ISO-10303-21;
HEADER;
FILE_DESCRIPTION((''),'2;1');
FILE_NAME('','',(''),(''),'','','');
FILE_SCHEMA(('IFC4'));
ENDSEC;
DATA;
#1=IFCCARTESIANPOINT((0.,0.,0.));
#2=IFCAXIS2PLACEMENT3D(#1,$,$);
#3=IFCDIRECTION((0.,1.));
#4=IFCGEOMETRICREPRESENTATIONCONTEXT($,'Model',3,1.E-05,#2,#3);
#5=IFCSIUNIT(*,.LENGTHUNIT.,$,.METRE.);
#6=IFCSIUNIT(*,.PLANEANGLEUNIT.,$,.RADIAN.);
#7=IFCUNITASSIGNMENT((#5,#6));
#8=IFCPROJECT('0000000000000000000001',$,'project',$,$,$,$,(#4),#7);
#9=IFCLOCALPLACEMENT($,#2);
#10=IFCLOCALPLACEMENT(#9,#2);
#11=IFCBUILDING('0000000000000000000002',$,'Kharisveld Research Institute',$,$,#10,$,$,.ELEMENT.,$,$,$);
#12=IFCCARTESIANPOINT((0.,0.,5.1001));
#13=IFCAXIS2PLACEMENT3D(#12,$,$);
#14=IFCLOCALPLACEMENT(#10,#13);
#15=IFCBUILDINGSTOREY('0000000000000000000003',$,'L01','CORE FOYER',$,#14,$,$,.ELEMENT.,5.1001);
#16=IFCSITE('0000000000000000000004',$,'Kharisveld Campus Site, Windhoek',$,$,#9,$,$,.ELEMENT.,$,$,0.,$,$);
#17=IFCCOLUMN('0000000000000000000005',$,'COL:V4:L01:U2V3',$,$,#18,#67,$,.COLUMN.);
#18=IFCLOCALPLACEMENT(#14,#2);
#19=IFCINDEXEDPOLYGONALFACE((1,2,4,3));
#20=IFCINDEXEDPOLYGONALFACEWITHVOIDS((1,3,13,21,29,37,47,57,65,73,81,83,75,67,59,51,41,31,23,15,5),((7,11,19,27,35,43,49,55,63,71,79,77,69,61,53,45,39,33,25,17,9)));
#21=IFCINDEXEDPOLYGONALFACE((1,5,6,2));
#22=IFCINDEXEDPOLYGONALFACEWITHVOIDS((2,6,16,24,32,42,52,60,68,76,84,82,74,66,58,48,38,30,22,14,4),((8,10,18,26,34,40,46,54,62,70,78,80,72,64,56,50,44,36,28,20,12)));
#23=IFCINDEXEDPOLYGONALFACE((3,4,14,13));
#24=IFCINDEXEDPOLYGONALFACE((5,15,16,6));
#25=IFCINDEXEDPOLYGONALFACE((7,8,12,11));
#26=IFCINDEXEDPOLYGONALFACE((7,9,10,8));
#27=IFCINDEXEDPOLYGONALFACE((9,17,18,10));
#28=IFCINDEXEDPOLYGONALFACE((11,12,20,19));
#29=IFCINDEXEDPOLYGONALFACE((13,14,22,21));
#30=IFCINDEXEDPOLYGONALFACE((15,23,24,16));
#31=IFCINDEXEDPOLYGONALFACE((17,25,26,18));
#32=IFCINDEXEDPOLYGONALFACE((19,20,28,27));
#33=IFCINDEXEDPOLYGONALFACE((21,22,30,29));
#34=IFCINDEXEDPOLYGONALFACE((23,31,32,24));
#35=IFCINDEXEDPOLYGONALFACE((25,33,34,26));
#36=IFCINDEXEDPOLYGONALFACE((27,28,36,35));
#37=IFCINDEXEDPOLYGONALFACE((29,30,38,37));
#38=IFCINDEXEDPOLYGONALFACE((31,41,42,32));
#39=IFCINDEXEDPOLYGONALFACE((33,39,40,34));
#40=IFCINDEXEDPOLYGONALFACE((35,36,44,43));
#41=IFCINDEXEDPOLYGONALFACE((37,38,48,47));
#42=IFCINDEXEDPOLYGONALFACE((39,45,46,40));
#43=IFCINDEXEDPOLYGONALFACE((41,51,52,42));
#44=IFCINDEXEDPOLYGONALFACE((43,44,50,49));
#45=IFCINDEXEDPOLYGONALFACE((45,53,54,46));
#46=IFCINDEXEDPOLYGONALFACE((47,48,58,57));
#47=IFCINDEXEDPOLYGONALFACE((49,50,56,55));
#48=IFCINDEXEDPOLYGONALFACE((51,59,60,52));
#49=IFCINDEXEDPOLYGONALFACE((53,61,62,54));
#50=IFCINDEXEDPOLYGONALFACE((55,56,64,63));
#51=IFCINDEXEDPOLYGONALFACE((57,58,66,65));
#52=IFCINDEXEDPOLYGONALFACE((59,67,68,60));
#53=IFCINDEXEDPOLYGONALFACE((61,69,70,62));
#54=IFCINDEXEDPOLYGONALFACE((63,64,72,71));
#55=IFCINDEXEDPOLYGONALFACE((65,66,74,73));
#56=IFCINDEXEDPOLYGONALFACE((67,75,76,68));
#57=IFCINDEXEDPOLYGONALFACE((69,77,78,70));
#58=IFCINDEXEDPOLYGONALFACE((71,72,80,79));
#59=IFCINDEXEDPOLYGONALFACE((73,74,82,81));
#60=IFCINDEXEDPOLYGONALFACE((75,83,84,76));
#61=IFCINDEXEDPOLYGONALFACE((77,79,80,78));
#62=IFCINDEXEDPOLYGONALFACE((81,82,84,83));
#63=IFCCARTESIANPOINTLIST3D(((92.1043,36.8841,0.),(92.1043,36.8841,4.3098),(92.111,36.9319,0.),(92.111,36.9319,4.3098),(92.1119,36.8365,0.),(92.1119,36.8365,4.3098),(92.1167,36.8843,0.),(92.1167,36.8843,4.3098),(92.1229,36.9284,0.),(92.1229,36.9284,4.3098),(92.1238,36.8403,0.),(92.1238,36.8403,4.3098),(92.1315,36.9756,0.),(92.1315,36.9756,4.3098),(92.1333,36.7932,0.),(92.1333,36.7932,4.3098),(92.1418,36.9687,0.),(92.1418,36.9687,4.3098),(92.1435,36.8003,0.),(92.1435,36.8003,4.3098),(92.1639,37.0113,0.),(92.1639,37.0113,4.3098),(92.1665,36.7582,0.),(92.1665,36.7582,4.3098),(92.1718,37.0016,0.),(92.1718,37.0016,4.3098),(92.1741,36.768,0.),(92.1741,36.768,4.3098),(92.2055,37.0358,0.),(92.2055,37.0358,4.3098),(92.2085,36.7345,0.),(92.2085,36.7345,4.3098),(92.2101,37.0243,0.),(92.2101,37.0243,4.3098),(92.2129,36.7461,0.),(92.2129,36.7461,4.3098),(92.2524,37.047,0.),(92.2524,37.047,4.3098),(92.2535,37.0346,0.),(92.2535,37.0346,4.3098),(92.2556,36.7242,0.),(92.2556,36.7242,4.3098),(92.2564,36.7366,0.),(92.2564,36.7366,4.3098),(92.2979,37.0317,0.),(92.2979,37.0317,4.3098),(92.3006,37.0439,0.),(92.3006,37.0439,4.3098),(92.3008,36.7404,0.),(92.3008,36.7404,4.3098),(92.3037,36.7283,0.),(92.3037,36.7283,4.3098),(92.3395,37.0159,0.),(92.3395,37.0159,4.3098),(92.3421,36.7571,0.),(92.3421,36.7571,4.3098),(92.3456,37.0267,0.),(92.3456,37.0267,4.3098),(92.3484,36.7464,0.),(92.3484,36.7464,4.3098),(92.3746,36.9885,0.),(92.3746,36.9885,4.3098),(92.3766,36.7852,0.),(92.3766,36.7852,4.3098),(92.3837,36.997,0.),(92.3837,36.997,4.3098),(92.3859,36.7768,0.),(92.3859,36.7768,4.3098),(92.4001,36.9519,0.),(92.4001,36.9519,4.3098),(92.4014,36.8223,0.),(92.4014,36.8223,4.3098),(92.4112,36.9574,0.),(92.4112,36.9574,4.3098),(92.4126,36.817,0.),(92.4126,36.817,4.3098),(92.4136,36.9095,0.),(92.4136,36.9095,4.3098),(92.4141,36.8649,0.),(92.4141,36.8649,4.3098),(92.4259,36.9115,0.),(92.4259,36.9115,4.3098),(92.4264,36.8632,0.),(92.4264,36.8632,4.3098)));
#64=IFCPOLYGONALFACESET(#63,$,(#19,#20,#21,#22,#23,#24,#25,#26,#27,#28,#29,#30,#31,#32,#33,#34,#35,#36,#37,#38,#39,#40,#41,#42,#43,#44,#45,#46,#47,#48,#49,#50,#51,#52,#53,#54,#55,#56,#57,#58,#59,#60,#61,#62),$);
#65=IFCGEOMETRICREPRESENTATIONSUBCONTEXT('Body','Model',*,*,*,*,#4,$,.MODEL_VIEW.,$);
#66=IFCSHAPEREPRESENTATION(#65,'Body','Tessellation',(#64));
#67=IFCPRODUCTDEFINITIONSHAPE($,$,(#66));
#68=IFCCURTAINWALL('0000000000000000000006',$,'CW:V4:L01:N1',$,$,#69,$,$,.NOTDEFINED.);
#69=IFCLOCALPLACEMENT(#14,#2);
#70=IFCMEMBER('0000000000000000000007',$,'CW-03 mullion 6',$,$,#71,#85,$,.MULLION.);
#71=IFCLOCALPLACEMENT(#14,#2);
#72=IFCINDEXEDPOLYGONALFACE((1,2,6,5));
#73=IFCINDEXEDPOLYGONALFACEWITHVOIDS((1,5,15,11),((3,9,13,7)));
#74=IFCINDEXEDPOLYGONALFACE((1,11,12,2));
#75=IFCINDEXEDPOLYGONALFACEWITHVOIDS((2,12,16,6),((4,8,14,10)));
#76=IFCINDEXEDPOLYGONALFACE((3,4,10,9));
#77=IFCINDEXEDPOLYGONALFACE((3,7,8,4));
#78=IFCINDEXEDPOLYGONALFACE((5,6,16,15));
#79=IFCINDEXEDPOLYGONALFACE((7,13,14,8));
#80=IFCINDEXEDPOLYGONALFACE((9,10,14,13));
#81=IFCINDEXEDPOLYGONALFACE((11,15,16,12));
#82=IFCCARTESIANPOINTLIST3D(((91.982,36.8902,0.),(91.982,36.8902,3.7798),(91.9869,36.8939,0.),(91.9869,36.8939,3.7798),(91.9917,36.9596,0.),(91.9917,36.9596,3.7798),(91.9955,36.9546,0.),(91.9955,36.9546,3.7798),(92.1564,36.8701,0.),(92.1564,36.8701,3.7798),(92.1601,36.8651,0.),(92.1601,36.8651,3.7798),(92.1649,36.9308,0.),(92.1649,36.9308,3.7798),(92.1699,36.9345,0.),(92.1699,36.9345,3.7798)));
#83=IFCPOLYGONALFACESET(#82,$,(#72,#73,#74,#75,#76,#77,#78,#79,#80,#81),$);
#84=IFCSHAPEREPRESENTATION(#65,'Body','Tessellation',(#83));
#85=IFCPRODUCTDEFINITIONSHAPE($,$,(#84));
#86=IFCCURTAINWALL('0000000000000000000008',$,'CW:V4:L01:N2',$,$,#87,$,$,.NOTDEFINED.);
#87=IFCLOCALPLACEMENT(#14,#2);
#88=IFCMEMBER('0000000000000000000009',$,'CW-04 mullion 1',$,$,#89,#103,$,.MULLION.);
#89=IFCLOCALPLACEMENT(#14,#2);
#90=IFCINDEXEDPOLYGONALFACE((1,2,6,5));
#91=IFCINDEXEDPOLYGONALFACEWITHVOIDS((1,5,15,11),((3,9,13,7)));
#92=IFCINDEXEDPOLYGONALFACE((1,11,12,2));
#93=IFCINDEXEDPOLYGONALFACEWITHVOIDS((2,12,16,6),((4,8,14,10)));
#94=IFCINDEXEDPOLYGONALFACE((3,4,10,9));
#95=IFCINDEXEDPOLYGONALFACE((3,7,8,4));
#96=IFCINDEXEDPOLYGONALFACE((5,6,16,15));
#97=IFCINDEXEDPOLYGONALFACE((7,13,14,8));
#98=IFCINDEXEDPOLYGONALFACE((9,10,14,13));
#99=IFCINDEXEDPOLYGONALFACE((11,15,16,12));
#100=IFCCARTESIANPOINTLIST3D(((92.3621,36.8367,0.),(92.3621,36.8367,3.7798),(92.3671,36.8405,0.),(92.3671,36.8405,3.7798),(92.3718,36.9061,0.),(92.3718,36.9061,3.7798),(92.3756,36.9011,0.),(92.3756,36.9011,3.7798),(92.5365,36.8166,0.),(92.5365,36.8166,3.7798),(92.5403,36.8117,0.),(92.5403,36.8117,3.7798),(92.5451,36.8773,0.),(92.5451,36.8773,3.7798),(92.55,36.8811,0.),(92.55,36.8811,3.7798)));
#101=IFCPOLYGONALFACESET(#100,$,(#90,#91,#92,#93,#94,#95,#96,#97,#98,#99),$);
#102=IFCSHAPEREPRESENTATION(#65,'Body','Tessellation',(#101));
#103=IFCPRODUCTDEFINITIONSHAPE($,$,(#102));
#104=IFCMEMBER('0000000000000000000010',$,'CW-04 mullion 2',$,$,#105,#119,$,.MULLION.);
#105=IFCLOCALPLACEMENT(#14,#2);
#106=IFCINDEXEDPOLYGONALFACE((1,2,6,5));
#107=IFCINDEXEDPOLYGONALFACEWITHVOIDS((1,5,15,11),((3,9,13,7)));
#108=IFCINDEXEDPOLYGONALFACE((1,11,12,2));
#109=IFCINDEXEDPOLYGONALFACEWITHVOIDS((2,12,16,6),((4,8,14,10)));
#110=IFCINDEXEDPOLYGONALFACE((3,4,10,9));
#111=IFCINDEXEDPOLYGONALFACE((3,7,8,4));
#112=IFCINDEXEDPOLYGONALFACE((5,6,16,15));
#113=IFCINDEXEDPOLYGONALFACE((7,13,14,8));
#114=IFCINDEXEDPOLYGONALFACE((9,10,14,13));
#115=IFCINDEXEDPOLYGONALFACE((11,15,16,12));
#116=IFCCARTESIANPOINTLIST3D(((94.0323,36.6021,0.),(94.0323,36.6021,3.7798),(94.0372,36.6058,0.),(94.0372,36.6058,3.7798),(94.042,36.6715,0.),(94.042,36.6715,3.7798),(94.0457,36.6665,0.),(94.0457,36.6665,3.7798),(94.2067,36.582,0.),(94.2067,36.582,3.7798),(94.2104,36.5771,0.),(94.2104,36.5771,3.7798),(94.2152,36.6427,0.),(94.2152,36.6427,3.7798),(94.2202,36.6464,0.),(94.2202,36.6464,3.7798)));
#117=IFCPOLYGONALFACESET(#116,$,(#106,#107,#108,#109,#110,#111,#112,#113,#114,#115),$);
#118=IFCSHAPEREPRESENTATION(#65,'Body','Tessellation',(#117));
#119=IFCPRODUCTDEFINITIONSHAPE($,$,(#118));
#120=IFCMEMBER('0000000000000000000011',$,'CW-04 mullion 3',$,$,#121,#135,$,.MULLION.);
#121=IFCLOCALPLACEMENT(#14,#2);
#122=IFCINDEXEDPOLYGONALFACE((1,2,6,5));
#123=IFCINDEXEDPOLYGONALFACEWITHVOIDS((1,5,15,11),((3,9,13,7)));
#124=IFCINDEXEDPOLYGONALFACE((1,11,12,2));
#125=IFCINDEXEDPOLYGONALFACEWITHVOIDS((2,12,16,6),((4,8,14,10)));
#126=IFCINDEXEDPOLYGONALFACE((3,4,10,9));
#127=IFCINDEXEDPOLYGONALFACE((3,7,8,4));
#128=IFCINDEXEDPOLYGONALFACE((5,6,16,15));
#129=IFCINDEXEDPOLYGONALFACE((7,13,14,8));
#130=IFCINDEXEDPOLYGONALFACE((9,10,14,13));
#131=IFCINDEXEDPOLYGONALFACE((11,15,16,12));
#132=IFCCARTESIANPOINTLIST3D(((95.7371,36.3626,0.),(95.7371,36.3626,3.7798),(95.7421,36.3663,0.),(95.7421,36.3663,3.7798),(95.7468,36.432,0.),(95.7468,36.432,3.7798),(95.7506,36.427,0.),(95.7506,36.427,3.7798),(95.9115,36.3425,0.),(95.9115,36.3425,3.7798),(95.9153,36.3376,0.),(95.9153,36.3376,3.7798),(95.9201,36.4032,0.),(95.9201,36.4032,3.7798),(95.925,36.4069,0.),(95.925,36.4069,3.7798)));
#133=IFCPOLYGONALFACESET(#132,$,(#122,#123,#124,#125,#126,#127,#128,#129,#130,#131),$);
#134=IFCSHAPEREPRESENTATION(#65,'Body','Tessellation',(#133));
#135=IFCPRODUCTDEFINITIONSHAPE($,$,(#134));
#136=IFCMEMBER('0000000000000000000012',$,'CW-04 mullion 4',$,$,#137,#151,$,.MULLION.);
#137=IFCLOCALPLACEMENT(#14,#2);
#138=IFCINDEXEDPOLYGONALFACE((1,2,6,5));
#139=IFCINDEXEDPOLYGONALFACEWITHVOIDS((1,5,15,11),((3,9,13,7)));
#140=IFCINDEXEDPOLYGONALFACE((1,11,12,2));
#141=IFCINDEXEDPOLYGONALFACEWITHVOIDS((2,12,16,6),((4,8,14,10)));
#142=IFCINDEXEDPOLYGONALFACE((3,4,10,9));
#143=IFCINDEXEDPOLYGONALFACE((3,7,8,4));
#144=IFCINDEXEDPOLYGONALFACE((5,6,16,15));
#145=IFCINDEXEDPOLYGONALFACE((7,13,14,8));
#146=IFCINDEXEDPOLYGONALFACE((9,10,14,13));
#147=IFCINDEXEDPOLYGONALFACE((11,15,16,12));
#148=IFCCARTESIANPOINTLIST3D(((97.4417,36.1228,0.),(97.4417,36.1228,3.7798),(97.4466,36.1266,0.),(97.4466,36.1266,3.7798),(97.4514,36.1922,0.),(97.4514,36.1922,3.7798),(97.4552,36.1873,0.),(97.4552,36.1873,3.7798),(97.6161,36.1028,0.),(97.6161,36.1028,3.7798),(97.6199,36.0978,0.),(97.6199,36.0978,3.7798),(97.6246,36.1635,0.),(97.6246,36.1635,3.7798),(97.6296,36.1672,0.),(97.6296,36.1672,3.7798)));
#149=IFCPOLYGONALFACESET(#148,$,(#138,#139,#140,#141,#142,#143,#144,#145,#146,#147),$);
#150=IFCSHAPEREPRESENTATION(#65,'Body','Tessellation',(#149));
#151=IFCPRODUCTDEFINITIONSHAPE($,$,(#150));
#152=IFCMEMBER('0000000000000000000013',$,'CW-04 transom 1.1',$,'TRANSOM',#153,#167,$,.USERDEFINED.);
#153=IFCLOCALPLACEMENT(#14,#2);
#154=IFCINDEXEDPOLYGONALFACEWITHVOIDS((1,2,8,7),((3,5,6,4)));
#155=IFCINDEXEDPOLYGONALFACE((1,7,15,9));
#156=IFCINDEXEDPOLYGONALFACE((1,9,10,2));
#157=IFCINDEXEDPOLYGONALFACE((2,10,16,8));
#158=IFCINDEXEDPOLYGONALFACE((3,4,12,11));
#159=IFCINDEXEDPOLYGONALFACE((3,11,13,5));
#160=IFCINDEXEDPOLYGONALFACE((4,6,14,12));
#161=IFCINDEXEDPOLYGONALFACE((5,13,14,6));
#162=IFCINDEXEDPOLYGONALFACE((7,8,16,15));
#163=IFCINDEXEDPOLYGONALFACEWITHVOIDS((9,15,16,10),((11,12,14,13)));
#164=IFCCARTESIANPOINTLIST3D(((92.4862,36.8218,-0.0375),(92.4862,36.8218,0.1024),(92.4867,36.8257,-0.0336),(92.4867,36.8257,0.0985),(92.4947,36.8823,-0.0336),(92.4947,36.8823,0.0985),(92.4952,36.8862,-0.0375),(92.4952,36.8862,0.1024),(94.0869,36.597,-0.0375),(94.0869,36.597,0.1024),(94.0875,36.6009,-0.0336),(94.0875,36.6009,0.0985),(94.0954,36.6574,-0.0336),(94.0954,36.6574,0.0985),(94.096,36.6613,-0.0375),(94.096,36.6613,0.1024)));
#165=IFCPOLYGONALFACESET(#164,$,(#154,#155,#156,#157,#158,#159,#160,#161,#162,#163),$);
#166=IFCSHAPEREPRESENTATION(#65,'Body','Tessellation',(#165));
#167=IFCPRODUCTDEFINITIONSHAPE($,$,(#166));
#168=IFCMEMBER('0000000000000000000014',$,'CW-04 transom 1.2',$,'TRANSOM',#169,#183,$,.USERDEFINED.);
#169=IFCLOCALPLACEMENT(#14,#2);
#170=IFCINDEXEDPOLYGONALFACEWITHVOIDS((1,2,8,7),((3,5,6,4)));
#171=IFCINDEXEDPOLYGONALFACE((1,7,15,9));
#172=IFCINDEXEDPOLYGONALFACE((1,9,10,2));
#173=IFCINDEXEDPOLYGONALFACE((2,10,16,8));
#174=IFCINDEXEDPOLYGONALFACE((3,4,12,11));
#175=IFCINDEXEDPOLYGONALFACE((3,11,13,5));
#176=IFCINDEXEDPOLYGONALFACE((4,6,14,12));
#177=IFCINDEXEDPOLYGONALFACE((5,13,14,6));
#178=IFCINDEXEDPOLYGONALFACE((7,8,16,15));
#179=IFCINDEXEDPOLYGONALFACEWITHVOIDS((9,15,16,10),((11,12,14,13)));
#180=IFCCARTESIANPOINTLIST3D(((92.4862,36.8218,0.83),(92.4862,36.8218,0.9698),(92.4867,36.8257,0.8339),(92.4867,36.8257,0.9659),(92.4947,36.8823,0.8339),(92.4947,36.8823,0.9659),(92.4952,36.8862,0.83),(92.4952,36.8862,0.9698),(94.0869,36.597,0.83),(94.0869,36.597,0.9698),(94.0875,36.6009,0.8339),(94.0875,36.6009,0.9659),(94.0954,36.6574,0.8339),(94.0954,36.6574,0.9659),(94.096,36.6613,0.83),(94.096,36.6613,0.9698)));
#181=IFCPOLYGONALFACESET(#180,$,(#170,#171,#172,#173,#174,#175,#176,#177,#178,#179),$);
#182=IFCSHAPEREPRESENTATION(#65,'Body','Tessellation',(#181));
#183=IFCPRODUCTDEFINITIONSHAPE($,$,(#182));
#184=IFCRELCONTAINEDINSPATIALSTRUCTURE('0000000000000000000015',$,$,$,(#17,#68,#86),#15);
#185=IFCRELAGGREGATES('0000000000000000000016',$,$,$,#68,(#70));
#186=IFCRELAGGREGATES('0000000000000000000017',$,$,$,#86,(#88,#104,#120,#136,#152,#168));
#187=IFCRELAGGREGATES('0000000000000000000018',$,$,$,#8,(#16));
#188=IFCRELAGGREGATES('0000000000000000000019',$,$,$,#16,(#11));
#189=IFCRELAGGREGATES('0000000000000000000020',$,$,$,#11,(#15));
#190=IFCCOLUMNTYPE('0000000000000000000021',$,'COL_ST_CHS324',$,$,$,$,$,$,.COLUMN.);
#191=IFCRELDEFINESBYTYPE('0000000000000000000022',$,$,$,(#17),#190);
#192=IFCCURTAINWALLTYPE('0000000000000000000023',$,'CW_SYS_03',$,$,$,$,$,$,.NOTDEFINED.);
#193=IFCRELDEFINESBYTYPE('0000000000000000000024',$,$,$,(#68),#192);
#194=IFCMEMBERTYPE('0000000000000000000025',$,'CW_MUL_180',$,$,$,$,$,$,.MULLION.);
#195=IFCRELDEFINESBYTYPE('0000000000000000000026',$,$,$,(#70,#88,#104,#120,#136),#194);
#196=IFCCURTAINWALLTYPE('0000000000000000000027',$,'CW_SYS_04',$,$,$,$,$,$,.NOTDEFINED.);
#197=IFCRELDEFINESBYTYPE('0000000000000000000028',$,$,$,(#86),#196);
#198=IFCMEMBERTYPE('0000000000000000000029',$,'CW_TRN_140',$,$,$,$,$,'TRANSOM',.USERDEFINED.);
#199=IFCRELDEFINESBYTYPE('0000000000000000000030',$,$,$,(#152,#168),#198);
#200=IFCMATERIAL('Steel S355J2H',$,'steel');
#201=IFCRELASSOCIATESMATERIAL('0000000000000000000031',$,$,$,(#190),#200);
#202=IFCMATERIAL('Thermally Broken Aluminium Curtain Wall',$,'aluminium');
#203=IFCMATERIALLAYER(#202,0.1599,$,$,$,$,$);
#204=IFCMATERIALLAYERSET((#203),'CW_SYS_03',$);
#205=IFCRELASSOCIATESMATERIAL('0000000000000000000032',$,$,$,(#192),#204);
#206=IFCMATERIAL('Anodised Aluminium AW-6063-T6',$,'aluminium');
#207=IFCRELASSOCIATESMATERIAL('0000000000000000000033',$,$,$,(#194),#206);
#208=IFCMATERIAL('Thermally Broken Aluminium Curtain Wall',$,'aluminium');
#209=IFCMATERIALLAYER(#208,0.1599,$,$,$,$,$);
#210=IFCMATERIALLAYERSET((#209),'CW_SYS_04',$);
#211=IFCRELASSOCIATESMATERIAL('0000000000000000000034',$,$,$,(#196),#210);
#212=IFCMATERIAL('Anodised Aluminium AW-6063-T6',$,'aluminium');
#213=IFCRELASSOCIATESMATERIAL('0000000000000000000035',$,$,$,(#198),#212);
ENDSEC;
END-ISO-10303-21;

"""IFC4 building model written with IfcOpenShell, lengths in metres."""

from ifc_helpers import new_model, si_unit, direction, frame, origin, origin_2d, place, context, subcontext, project, spatial, hollow_rectangle, hollow_circle, extrude, material, layer, layer_set, material_profile, profile_set, type_object, element, aggregate, save


model = new_model("IFC4")

# Units and contexts
model_context = context("Model", 3, precision=1e-05, world=origin(), true_north=direction((0.0, 1.0)))
body_context = subcontext(model_context, "Body", "Model", "MODEL_VIEW")
ifc_project = project(units=[si_unit("LENGTHUNIT", "METRE"), si_unit("PLANEANGLEUNIT", "RADIAN")], contexts=[model_context])

# Site, building, storey
site_placement = place(None, origin())
site = spatial("IfcSite", under=ifc_project, at=site_placement, Name="Kharisveld Campus Site, Windhoek", CompositionType="ELEMENT", RefElevation=0.0)
building_placement = place(site_placement, origin())
building = spatial("IfcBuilding", under=site, at=building_placement, Name="Kharisveld Research Institute", CompositionType="ELEMENT")
storey_placement = place(building_placement, frame((0.0, 0.0, 5.1001)))
storey = spatial("IfcBuildingStorey", under=building, at=storey_placement, Name="L01", Description="CORE FOYER", CompositionType="ELEMENT", Elevation=5.1001)

# Column
ifc_material_1 = material(Name="Steel S355J2H", Category="steel")
ifc_material_profile_1 = material_profile(ifc_material_1, hollow_circle(Radius=0.1619, WallThickness=0.0125, at=origin_2d()))
ifc_profile_set_1 = profile_set([ifc_material_profile_1], Name="Steel S355J2H")
column_type = type_object("IfcColumnType", Name="COL_ST_CHS324", PredefinedType="COLUMN", material=ifc_profile_set_1)
column_placement = place(storey_placement, frame((92.2661, 36.8857, 0.0), z_axis=(0.0, 0.0, 1.0), x_axis=(0.990268, -0.139173, 0.0)))
element("IfcColumn", 1, at=column_placement, inside=storey, type_object=column_type, Name="COL:V4:L01:U2V3", PredefinedType="COLUMN", context=body_context, shape_type="SweptSolid", body=[
    extrude(hollow_circle(Radius=0.1619, WallThickness=0.0125, at=origin_2d()), origin(), (0.0, 0.0, 1.0), 4.3098),
])

# Curtain wall, member
ifc_material_2 = material(Name="Thermally Broken Aluminium Curtain Wall", Category="aluminium")
ifc_layer_1 = layer(ifc_material_2, 0.1599)
ifc_layer_set_1 = layer_set([ifc_layer_1], Name="CW_SYS_03")
curtain_wall_type_1 = type_object("IfcCurtainWallType", Name="CW_SYS_03", PredefinedType="NOTDEFINED", material=ifc_layer_set_1)
curtain_wall_1_placement = place(storey_placement, origin())
curtain_wall_1 = element("IfcCurtainWall", 2, at=curtain_wall_1_placement, inside=storey, type_object=curtain_wall_type_1, Name="CW:V4:L01:N1", PredefinedType="NOTDEFINED")
ifc_material_3 = material(Name="Anodised Aluminium AW-6063-T6", Category="aluminium")
ifc_material_profile_2 = material_profile(ifc_material_3, hollow_rectangle(XDim=0.0701, YDim=0.1799, WallThickness=0.0044, at=origin_2d()))
ifc_profile_set_2 = profile_set([ifc_material_profile_2], Name="Anodised Aluminium AW-6063-T6")
member_type_1 = type_object("IfcMemberType", Name="CW_MUL_180", PredefinedType="MULLION", material=ifc_profile_set_2)
member_1_placement = place(storey_placement, frame((92.0759, 36.9124, 0.0), z_axis=(0.0, 0.0, 1.0), x_axis=(0.139173, 0.990268, 0.0)))
member_1 = element("IfcMember", 3, at=member_1_placement, type_object=member_type_1, Name="CW-03 mullion 6", PredefinedType="MULLION", context=body_context, shape_type="SweptSolid", body=[
    extrude(hollow_rectangle(XDim=0.0701, YDim=0.1799, WallThickness=0.0044, at=origin_2d()), origin(), (0.0, 0.0, 1.0), 3.7798),
])

# Curtain wall, members
ifc_material_4 = material(Name="Thermally Broken Aluminium Curtain Wall", Category="aluminium")
ifc_layer_2 = layer(ifc_material_4, 0.1599)
ifc_layer_set_2 = layer_set([ifc_layer_2], Name="CW_SYS_04")
curtain_wall_type_2 = type_object("IfcCurtainWallType", Name="CW_SYS_04", PredefinedType="NOTDEFINED", material=ifc_layer_set_2)
curtain_wall_2_placement = place(storey_placement, origin())
curtain_wall_2 = element("IfcCurtainWall", 4, at=curtain_wall_2_placement, inside=storey, type_object=curtain_wall_type_2, Name="CW:V4:L01:N2", PredefinedType="NOTDEFINED")
member_2_placement = place(storey_placement, frame((92.4561, 36.8589, 0.0), z_axis=(0.0, 0.0, 1.0), x_axis=(0.139173, 0.990268, 0.0)))
member_2 = element("IfcMember", 5, at=member_2_placement, type_object=member_type_1, Name="CW-04 mullion 1", PredefinedType="MULLION", context=body_context, shape_type="SweptSolid", body=[
    extrude(hollow_rectangle(XDim=0.0701, YDim=0.1799, WallThickness=0.0044, at=origin_2d()), origin(), (0.0, 0.0, 1.0), 3.7798),
])
member_3_placement = place(storey_placement, frame((94.1262, 36.6243, 0.0), z_axis=(0.0, 0.0, 1.0), x_axis=(0.139173, 0.990268, 0.0)))
member_3 = element("IfcMember", 6, at=member_3_placement, type_object=member_type_1, Name="CW-04 mullion 2", PredefinedType="MULLION", context=body_context, shape_type="SweptSolid", body=[
    extrude(hollow_rectangle(XDim=0.0701, YDim=0.1799, WallThickness=0.0044, at=origin_2d()), origin(), (0.0, 0.0, 1.0), 3.7798),
])
member_4_placement = place(storey_placement, frame((95.8311, 36.3848, 0.0), z_axis=(0.0, 0.0, 1.0), x_axis=(0.139173, 0.990268, 0.0)))
member_4 = element("IfcMember", 7, at=member_4_placement, type_object=member_type_1, Name="CW-04 mullion 3", PredefinedType="MULLION", context=body_context, shape_type="SweptSolid", body=[
    extrude(hollow_rectangle(XDim=0.0701, YDim=0.1799, WallThickness=0.0044, at=origin_2d()), origin(), (0.0, 0.0, 1.0), 3.7798),
])
member_5_placement = place(storey_placement, frame((97.5356, 36.145, 0.0), z_axis=(0.0, 0.0, 1.0), x_axis=(0.139173, 0.990268, 0.0)))
member_5 = element("IfcMember", 8, at=member_5_placement, type_object=member_type_1, Name="CW-04 mullion 4", PredefinedType="MULLION", context=body_context, shape_type="SweptSolid", body=[
    extrude(hollow_rectangle(XDim=0.0701, YDim=0.1799, WallThickness=0.0044, at=origin_2d()), origin(), (0.0, 0.0, 1.0), 3.7798),
])
ifc_material_5 = material(Name="Anodised Aluminium AW-6063-T6", Category="aluminium")
ifc_material_profile_3 = material_profile(ifc_material_5, hollow_rectangle(XDim=0.0649, YDim=0.1399, WallThickness=0.0039, at=origin_2d()))
ifc_profile_set_3 = profile_set([ifc_material_profile_3], Name="Anodised Aluminium AW-6063-T6")
member_type_2 = type_object("IfcMemberType", Name="CW_TRN_140", ElementType="TRANSOM", PredefinedType="USERDEFINED", material=ifc_profile_set_3)
member_6_placement = place(storey_placement, frame((92.4907, 36.854, 0.0325), z_axis=(0.990279, -0.139095, 0.0), x_axis=(0.139095, 0.990279, 0.0)))
member_6 = element("IfcMember", 9, at=member_6_placement, type_object=member_type_2, Name="CW-04 transom 1.1", ObjectType="TRANSOM", PredefinedType="USERDEFINED", context=body_context, shape_type="SweptSolid", body=[
    extrude(hollow_rectangle(XDim=0.0649, YDim=0.1399, WallThickness=0.0039, at=origin_2d()), origin(), (0.0, 0.0, 1.0), 1.6165),
])
member_7_placement = place(storey_placement, frame((92.4907, 36.854, 0.8999), z_axis=(0.990279, -0.139095, 0.0), x_axis=(0.139095, 0.990279, 0.0)))
member_7 = element("IfcMember", 10, at=member_7_placement, type_object=member_type_2, Name="CW-04 transom 1.2", ObjectType="TRANSOM", PredefinedType="USERDEFINED", context=body_context, shape_type="SweptSolid", body=[
    extrude(hollow_rectangle(XDim=0.0649, YDim=0.1399, WallThickness=0.0039, at=origin_2d()), origin(), (0.0, 0.0, 1.0), 1.6165),
])

aggregate(curtain_wall_1, [member_1])
aggregate(curtain_wall_2, [member_2, member_3, member_4, member_5, member_6, member_7])

save(model, "model.ifc")
